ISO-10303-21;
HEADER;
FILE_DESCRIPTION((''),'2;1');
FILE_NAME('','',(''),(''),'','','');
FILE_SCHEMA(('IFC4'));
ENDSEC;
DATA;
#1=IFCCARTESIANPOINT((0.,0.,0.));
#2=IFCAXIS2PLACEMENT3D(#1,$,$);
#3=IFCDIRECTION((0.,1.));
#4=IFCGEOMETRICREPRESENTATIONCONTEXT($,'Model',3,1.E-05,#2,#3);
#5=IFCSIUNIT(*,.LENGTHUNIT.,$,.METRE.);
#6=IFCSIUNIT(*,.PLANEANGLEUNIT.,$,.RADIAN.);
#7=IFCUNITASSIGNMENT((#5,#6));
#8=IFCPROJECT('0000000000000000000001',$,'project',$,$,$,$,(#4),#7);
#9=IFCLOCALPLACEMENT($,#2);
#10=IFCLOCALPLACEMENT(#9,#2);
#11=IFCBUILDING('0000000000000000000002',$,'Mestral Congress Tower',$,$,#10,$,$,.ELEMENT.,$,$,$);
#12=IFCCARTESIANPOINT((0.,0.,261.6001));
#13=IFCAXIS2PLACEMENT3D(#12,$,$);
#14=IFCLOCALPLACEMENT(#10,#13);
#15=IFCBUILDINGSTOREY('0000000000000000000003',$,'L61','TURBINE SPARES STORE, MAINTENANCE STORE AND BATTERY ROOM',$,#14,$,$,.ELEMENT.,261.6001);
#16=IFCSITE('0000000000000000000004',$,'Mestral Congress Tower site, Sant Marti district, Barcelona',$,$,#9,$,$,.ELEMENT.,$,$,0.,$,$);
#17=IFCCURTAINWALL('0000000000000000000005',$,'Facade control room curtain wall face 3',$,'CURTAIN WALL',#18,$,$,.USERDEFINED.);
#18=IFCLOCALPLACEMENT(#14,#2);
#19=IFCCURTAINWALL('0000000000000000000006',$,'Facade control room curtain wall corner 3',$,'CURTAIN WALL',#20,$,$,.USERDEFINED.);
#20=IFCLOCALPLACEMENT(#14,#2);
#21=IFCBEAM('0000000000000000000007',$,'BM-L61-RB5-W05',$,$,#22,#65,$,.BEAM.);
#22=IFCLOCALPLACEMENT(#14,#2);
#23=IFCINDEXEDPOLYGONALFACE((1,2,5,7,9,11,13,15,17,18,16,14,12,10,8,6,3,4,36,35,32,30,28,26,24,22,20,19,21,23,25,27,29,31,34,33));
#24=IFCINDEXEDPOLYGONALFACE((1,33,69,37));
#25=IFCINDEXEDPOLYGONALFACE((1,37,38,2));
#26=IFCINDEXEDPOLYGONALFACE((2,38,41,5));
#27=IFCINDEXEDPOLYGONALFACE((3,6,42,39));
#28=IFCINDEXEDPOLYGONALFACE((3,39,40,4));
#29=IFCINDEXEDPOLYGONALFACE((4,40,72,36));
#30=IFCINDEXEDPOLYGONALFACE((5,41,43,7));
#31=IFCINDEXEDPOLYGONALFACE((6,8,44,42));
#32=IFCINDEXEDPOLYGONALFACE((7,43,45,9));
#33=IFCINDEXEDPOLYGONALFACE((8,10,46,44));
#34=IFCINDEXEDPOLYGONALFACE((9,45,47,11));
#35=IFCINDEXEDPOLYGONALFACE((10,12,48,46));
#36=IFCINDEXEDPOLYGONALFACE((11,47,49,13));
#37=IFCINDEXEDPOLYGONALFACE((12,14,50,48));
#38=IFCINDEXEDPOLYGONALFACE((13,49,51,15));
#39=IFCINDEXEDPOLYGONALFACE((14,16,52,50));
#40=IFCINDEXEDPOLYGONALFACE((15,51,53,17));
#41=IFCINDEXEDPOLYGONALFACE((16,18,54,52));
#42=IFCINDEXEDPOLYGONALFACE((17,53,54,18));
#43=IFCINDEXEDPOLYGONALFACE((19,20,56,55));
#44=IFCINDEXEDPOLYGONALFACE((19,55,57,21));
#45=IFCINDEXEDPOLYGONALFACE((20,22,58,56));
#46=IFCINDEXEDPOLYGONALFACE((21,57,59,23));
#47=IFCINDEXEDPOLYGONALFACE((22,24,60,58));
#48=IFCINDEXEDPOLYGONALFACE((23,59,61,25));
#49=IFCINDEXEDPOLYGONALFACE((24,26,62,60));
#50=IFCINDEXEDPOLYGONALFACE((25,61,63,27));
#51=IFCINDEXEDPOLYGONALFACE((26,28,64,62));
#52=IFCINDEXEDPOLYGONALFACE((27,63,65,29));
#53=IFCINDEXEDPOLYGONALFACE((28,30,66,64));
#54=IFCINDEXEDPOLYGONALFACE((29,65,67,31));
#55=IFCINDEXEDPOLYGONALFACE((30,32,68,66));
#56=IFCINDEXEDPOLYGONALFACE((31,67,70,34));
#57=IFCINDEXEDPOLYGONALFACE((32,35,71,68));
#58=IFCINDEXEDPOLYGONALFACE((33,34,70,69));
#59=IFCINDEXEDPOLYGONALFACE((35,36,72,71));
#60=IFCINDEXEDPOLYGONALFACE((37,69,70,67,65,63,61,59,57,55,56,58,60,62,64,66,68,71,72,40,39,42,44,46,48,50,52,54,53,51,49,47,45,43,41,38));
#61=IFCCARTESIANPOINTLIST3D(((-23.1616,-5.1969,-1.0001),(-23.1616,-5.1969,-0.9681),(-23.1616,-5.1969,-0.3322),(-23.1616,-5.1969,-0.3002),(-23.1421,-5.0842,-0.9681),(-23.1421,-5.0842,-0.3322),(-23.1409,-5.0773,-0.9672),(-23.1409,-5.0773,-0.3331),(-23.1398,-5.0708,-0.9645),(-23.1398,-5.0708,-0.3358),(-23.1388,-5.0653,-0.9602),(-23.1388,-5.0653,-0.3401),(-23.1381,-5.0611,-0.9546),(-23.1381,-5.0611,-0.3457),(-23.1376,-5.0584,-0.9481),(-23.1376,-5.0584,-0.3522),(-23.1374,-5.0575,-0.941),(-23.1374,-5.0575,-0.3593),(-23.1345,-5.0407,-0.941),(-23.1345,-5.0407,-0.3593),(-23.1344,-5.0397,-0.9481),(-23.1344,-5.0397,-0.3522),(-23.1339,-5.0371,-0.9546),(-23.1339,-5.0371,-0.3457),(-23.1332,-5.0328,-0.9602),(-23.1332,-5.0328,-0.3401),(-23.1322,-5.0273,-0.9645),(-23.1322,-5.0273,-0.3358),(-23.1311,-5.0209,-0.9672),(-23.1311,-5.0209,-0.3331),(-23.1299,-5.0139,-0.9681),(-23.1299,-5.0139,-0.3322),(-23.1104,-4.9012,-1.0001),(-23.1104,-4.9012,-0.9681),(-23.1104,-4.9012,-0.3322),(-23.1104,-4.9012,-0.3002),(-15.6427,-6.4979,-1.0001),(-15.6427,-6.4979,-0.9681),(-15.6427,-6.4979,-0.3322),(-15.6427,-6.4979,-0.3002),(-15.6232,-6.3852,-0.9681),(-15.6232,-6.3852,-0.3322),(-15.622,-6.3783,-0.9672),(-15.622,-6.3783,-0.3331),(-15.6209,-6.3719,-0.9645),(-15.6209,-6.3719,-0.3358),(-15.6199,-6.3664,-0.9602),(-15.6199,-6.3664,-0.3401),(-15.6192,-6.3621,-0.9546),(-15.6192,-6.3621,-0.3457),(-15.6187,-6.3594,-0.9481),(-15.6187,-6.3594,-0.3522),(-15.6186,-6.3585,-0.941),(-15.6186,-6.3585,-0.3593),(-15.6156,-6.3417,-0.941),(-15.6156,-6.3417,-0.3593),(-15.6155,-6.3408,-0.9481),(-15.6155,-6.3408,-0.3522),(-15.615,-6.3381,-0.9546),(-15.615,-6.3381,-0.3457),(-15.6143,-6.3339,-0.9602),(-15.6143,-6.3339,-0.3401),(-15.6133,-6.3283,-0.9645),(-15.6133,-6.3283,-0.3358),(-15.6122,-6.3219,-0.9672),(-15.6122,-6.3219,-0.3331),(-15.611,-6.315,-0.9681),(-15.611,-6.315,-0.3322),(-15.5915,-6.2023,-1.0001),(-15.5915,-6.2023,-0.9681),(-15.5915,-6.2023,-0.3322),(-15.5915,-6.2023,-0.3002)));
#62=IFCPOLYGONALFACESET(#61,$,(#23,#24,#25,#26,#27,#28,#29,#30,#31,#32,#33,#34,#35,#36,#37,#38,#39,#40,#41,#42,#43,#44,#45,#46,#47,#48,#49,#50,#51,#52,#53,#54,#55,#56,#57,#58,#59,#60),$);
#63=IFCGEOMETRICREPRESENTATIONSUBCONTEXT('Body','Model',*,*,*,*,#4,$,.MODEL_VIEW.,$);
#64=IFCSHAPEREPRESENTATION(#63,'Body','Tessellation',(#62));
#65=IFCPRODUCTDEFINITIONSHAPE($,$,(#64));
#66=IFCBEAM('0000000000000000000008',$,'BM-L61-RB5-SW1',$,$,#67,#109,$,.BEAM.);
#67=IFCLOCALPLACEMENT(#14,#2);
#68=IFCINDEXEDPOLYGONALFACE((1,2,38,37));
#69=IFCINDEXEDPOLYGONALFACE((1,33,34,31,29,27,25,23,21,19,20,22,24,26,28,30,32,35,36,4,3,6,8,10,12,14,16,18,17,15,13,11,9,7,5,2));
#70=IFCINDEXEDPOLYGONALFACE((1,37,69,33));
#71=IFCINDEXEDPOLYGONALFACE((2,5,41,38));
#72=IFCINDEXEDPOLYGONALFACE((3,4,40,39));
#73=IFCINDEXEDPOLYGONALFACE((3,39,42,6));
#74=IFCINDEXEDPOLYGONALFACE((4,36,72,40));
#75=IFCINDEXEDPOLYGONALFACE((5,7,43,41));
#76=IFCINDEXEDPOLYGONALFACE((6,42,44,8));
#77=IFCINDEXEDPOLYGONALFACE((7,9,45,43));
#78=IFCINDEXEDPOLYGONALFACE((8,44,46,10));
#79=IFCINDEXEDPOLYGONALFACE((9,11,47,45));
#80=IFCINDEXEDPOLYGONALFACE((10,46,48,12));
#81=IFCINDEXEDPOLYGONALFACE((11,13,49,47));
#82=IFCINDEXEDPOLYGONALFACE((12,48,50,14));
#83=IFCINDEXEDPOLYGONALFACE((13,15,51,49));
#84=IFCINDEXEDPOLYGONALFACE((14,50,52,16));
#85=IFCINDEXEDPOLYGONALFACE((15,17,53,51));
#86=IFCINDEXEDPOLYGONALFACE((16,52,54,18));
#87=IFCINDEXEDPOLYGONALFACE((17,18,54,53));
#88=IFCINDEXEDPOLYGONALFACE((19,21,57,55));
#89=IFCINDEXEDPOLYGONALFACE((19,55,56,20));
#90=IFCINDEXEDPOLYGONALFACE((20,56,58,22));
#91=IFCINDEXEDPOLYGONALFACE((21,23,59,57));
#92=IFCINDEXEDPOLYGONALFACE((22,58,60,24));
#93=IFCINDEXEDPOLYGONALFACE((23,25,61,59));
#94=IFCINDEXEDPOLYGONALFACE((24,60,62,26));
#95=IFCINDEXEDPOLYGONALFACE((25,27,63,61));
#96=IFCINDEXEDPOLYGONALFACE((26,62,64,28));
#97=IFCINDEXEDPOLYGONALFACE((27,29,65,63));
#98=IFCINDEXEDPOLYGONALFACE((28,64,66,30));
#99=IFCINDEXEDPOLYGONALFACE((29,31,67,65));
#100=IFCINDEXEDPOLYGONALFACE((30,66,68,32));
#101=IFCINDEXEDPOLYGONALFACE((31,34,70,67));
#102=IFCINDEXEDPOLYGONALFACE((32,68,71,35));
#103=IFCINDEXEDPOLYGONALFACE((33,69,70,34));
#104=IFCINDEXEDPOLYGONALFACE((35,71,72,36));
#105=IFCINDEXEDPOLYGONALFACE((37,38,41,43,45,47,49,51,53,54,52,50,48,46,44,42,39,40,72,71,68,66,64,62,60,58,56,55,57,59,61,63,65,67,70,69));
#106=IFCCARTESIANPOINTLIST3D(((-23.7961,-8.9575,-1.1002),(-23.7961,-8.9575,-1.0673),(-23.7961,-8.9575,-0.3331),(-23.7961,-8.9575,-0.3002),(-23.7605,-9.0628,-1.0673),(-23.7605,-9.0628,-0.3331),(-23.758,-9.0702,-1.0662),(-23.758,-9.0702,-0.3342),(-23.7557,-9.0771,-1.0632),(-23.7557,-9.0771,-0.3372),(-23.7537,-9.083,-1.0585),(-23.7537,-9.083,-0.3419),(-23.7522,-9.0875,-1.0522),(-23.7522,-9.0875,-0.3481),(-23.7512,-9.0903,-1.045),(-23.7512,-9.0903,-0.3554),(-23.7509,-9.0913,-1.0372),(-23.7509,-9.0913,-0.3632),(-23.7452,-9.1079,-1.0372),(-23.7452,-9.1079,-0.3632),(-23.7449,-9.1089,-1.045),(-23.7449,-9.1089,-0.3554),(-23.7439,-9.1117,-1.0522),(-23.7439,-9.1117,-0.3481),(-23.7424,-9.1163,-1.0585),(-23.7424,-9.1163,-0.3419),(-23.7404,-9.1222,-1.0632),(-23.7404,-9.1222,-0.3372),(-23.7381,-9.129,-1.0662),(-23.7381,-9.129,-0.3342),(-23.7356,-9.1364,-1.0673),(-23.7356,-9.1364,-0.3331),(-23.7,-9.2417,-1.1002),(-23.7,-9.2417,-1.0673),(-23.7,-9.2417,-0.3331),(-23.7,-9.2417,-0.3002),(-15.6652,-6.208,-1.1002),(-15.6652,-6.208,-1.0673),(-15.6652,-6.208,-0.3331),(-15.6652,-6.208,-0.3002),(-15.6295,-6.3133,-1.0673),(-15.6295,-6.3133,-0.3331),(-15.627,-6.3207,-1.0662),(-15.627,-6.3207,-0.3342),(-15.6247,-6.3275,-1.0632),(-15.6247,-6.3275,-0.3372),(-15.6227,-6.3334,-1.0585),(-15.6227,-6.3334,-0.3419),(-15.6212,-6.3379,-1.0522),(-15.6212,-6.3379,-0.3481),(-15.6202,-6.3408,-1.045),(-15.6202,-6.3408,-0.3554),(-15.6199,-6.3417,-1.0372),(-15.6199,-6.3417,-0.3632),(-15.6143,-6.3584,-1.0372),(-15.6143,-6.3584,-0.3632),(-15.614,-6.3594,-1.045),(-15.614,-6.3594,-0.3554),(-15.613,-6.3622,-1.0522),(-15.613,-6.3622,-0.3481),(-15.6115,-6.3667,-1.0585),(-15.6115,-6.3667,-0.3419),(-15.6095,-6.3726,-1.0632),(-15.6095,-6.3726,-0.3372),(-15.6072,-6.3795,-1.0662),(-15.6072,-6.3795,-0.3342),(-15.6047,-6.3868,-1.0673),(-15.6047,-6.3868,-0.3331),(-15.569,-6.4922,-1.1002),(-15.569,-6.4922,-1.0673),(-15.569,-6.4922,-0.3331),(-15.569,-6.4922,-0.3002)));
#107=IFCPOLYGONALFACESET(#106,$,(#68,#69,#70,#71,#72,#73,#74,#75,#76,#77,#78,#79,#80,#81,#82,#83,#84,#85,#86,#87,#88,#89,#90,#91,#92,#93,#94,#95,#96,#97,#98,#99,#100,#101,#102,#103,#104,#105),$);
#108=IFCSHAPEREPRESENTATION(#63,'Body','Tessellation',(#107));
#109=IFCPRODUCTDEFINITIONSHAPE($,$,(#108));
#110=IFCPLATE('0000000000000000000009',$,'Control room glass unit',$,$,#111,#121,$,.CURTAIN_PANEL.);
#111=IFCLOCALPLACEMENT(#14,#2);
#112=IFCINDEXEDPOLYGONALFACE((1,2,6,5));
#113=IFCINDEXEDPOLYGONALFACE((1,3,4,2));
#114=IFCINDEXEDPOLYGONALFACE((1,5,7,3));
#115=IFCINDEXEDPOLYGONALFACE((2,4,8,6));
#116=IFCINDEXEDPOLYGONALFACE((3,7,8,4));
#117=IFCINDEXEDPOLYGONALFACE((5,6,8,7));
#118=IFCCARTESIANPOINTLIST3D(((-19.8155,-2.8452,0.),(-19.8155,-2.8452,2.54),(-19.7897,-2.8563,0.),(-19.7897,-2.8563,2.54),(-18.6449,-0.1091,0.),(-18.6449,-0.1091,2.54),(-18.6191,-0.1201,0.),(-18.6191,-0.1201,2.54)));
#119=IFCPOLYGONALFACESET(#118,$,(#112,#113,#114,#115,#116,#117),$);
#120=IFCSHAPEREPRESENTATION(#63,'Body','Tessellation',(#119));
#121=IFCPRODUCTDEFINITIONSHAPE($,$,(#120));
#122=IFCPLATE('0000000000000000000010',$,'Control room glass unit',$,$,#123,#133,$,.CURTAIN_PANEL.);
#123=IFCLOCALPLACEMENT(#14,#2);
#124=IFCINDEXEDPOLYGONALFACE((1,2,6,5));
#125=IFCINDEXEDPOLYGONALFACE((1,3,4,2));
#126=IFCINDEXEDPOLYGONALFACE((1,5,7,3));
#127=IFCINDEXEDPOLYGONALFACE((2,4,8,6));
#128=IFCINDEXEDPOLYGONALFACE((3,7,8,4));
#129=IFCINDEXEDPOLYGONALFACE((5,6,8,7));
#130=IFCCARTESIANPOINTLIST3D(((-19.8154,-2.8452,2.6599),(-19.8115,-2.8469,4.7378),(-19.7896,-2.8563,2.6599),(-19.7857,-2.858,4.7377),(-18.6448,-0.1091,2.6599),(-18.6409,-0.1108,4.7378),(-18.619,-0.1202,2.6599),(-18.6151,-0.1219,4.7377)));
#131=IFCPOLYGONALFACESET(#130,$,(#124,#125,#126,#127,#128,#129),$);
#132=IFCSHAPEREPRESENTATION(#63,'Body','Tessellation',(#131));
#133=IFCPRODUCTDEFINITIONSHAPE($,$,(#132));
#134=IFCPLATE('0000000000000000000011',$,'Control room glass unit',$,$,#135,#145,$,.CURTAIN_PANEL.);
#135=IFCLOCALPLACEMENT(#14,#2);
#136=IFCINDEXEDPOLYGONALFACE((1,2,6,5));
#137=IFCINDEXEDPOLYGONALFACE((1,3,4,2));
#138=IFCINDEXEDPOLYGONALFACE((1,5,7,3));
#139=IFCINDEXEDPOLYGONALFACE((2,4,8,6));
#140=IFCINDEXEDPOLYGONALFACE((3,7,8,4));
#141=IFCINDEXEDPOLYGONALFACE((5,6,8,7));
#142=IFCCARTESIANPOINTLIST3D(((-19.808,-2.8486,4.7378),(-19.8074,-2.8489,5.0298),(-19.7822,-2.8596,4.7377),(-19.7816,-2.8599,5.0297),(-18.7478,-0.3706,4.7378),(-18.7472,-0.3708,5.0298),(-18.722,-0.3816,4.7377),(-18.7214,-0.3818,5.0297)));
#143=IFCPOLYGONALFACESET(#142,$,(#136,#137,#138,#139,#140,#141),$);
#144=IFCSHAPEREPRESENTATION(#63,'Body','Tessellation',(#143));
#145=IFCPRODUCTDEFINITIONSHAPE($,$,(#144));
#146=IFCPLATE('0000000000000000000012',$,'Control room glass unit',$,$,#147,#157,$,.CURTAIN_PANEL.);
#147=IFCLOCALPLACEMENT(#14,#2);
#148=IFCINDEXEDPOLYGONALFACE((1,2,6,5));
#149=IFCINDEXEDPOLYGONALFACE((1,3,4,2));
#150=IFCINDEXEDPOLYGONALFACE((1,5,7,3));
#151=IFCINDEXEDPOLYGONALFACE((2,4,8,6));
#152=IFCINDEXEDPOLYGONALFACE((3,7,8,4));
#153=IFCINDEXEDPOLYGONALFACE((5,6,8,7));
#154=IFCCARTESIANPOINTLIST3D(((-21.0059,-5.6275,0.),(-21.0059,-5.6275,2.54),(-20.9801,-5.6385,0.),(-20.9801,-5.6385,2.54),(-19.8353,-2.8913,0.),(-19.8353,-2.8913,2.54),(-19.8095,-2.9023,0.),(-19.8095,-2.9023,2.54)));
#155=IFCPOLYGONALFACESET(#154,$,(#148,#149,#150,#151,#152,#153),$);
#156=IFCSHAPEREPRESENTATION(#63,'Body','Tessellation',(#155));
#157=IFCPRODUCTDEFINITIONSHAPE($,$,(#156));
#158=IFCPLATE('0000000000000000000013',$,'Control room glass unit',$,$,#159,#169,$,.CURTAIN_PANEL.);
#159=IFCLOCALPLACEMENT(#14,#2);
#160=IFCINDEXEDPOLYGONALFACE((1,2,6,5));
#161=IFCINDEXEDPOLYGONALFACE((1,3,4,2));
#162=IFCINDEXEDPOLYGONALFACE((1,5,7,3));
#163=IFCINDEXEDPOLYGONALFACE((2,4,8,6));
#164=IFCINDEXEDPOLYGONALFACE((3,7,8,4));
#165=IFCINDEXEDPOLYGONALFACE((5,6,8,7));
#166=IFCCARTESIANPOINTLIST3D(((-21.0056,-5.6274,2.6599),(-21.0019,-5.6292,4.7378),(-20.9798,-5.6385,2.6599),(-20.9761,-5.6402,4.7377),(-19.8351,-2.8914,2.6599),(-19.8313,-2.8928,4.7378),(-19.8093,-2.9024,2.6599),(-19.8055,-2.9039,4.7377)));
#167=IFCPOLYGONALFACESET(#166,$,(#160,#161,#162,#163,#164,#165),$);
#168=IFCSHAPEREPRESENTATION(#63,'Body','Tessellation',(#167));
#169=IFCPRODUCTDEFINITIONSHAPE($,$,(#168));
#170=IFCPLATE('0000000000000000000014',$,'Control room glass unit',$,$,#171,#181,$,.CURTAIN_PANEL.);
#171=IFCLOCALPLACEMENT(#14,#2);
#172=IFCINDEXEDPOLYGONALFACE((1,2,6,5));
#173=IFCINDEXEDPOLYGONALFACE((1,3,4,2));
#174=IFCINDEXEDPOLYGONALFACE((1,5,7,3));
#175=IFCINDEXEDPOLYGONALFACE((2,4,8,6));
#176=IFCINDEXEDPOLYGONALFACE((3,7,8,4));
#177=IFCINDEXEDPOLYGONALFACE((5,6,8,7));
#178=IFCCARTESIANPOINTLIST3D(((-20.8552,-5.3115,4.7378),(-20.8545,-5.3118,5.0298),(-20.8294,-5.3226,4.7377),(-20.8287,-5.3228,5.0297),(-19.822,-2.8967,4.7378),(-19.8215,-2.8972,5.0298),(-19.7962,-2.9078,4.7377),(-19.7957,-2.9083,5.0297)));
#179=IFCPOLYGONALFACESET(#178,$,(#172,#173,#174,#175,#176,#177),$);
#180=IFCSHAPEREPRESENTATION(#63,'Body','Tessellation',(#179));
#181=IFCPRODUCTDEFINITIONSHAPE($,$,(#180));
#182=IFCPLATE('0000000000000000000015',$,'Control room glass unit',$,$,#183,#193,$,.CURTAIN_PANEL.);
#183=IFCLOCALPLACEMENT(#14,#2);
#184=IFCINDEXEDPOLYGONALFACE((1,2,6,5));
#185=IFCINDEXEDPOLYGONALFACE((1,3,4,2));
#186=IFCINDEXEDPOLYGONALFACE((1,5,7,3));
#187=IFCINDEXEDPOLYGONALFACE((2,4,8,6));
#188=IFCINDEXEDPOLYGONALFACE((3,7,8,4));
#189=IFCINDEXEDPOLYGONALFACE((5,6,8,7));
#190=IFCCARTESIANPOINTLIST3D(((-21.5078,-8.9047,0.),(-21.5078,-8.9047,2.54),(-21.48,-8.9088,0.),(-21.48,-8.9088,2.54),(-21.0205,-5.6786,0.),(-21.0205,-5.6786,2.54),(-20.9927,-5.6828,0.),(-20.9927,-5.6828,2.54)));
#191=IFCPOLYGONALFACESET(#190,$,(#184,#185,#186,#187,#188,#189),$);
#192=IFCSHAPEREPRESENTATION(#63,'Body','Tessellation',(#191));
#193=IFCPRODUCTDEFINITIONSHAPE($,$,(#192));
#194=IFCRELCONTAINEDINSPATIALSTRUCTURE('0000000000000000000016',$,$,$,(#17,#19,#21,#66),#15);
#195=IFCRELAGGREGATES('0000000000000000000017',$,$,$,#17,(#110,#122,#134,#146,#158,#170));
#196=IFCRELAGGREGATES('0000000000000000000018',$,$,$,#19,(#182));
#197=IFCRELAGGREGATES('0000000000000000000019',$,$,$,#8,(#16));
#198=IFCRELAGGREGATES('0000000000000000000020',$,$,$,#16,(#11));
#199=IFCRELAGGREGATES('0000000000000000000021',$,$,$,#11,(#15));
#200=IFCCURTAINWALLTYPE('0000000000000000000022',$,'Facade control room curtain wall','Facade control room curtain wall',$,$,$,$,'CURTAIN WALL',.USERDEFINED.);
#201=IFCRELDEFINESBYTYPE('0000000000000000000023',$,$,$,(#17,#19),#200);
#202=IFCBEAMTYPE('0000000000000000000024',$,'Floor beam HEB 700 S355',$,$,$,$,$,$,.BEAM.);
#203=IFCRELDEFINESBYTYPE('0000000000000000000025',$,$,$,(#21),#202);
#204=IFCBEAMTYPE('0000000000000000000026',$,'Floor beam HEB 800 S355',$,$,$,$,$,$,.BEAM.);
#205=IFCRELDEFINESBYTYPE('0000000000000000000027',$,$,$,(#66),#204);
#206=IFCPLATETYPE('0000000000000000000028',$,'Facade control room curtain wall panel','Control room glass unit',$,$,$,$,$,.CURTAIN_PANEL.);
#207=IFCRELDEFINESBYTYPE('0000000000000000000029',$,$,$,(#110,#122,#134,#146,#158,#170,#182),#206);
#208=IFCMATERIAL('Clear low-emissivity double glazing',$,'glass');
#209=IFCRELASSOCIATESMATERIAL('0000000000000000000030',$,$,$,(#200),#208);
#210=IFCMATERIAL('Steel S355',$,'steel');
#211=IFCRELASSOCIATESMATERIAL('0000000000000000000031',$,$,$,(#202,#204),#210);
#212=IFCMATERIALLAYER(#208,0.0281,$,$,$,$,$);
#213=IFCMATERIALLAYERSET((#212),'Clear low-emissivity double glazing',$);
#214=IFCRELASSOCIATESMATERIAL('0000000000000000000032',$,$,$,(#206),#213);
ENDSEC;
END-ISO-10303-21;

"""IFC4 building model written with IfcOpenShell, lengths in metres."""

from ifc_helpers import new_model, si_unit, direction, frame, origin, origin_2d, place, context, subcontext, project, spatial, polyline, rectangle, i_section, outline, extrude, material, layer, layer_set, material_profile, profile_set, type_object, element, aggregate, save


model = new_model("IFC4")

# Units and contexts
model_context = context("Model", 3, precision=1e-05, world=origin(), true_north=direction((0.0, 1.0)))
body_context = subcontext(model_context, "Body", "Model", "MODEL_VIEW")
ifc_project = project(units=[si_unit("LENGTHUNIT", "METRE"), si_unit("PLANEANGLEUNIT", "RADIAN")], contexts=[model_context])

# Site, building, storey
site_placement = place(None, origin())
site = spatial("IfcSite", under=ifc_project, at=site_placement, Name="Mestral Congress Tower site, Sant Marti district, Barcelona", CompositionType="ELEMENT", RefElevation=0.0)
building_placement = place(site_placement, origin())
building = spatial("IfcBuilding", under=site, at=building_placement, Name="Mestral Congress Tower", CompositionType="ELEMENT")
storey_placement = place(building_placement, frame((0.0, 0.0, 261.6001)))
storey = spatial("IfcBuildingStorey", under=building, at=storey_placement, Name="L61", Description="TURBINE SPARES STORE, MAINTENANCE STORE AND BATTERY ROOM", CompositionType="ELEMENT", Elevation=261.6001)

# Curtain walls
ifc_material_1 = material(Name="Clear low-emissivity double glazing", Category="glass")
curtain_wall_type = type_object("IfcCurtainWallType", Name="Facade control room curtain wall", Description="Facade control room curtain wall", ElementType="CURTAIN WALL", PredefinedType="USERDEFINED", material=ifc_material_1)
placement = place(storey_placement, origin())
curtain_wall_1 = element("IfcCurtainWall", 1, at=placement, inside=storey, type_object=curtain_wall_type, Name="Facade control room curtain wall face 3", ObjectType="CURTAIN WALL", PredefinedType="USERDEFINED")
curtain_wall_2 = element("IfcCurtainWall", 2, at=placement, inside=storey, type_object=curtain_wall_type, Name="Facade control room curtain wall corner 3", ObjectType="CURTAIN WALL", PredefinedType="USERDEFINED")

# Beams
ifc_material_2 = material(Name="Steel S355", Category="steel")
ifc_material_profile_1 = material_profile(ifc_material_2, i_section(OverallWidth=0.3, OverallDepth=0.7, WebThickness=0.0171, FlangeThickness=0.032, FilletRadius=0.0271, at=origin_2d()), Name="HEB 700")
ifc_profile_set_1 = profile_set([ifc_material_profile_1], Name="Steel S355")
beam_type_1 = type_object("IfcBeamType", Name="Floor beam HEB 700 S355", PredefinedType="BEAM", material=ifc_profile_set_1)
beam_1_placement = place(storey_placement, frame((-23.136, -5.0491, -0.6501), z_axis=(0.985357, -0.170503, 0.0), x_axis=(0.170503, 0.985357, 0.0)))
element("IfcBeam", 3, at=beam_1_placement, inside=storey, type_object=beam_type_1, Name="BM-L61-RB5-W05", PredefinedType="BEAM", context=body_context, shape_type="SweptSolid", body=[
    extrude(i_section(OverallWidth=0.3, OverallDepth=0.7, WebThickness=0.0171, FlangeThickness=0.032, FilletRadius=0.0271, at=origin_2d()), origin(), (0.0, 0.0, 1.0), 7.6306),
])
ifc_material_profile_2 = material_profile(ifc_material_2, i_section(OverallWidth=0.3, OverallDepth=0.8, WebThickness=0.0176, FlangeThickness=0.033, FilletRadius=0.03, at=origin_2d()), Name="HEB 800")
ifc_profile_set_2 = profile_set([ifc_material_profile_2], Name="Steel S355")
beam_type_2 = type_object("IfcBeamType", Name="Floor beam HEB 800 S355", PredefinedType="BEAM", material=ifc_profile_set_2)
beam_2_placement = place(storey_placement, frame((-23.748, -9.0996, -0.7002), z_axis=(0.947303, 0.320338, 0.0), x_axis=(-0.320338, 0.947303, 0.0)))
element("IfcBeam", 4, at=beam_2_placement, inside=storey, type_object=beam_type_2, Name="BM-L61-RB5-SW1", PredefinedType="BEAM", context=body_context, shape_type="SweptSolid", body=[
    extrude(i_section(OverallWidth=0.3, OverallDepth=0.8, WebThickness=0.0176, FlangeThickness=0.033, FilletRadius=0.03, at=origin_2d()), origin(), (0.0, 0.0, 1.0), 8.5833),
])

# Plates
ifc_layer_1 = layer(ifc_material_1, 0.0281)
ifc_layer_set_1 = layer_set([ifc_layer_1], Name="Clear low-emissivity double glazing")
plate_type = type_object("IfcPlateType", Name="Facade control room curtain wall panel", Description="Control room glass unit", PredefinedType="CURTAIN_PANEL", material=ifc_layer_set_1)
plate_1_placement = place(storey_placement, frame((-19.2173, -1.4827, 0.0), z_axis=(0.0, 0.0, 1.0), x_axis=(-0.393348, -0.91939, 0.0)))
plate_1 = element("IfcPlate", 5, at=plate_1_placement, type_object=plate_type, Name="Control room glass unit", PredefinedType="CURTAIN_PANEL", context=body_context, shape_type="SweptSolid", body=[
    extrude(rectangle(XDim=2.9761, YDim=0.0281, at=origin_2d()), origin(), (0.0, 0.0, 1.0), 2.54),
])
plate_2_placement = place(storey_placement, frame((-19.8154, -2.8452, 2.6599), z_axis=(-0.919381, 0.393364, 0.002052), x_axis=(0.393365, 0.919382, 0.0)))
plate_2 = element("IfcPlate", 6, at=plate_2_placement, type_object=plate_type, Name="Control room glass unit", PredefinedType="CURTAIN_PANEL", context=body_context, shape_type="SweptSolid", body=[
    extrude(outline(polyline([(0.0, 0.0), (2.976, 0.0), (2.976, -2.0779), (0.0, -2.0779), (0.0, 0.0)])), origin(), (0.0, 0.0, -1.0), 0.0281),
])
plate_3_placement = place(storey_placement, frame((-19.8074, -2.8489, 5.0298), z_axis=(-0.919388, 0.393344, 0.002251), x_axis=(-0.002026, 0.000987, -0.999997)))
plate_3 = element("IfcPlate", 7, at=plate_3_placement, type_object=plate_type, Name="Control room glass unit", PredefinedType="CURTAIN_PANEL", context=body_context, shape_type="SweptSolid", body=[
    extrude(outline(polyline([(0.0, 0.0), (0.292, 0.0), (0.2923, -2.6952), (0.0003, -2.6953), (0.0, 0.0)])), origin(), (0.0, 0.0, -1.0), 0.0281),
])
plate_4_placement = place(storey_placement, frame((-20.4077, -4.2649, 0.0), z_axis=(0.0, 0.0, 1.0), x_axis=(-0.393348, -0.91939, 0.0)))
plate_4 = element("IfcPlate", 8, at=plate_4_placement, type_object=plate_type, Name="Control room glass unit", PredefinedType="CURTAIN_PANEL", context=body_context, shape_type="SweptSolid", body=[
    extrude(rectangle(XDim=2.9761, YDim=0.0281, at=origin_2d()), origin(), (0.0, 0.0, 1.0), 2.54),
])
plate_5_placement = place(storey_placement, frame((-21.0056, -5.6274, 2.6599), z_axis=(-0.919402, 0.393315, 0.001975), x_axis=(0.393315, 0.919404, 0.0)))
plate_5 = element("IfcPlate", 9, at=plate_5_placement, type_object=plate_type, Name="Control room glass unit", PredefinedType="CURTAIN_PANEL", context=body_context, shape_type="SweptSolid", body=[
    extrude(outline(polyline([(0.0, 0.0), (2.9759, 0.0), (2.9761, -2.0779), (-0.0001, -2.0779), (0.0, 0.0)])), origin(), (0.0, 0.0, -1.0), 0.0281),
])
plate_6_placement = place(storey_placement, frame((-19.822, -2.8967, 4.7378), z_axis=(-0.919387, 0.393346, 0.002415), x_axis=(0.001874, -0.001759, 0.999997)))
plate_6 = element("IfcPlate", 10, at=plate_6_placement, type_object=plate_type, Name="Control room glass unit", PredefinedType="CURTAIN_PANEL", context=body_context, shape_type="SweptSolid", body=[
    extrude(outline(polyline([(0.0, 0.0), (0.292, 0.0), (0.2943, -2.6262), (0.0023, -2.6265), (0.0, 0.0)])), origin(), (0.0, 0.0, -1.0), 0.0281),
])
aggregate(curtain_wall_1, [plate_1, plate_2, plate_3, plate_4, plate_5, plate_6])
plate_7_placement = place(storey_placement, frame((-21.2502, -7.2937, 0.0), z_axis=(0.0, 0.0, 1.0), x_axis=(-0.149368, -0.988782, 0.0)))
plate_7 = element("IfcPlate", 11, at=plate_7_placement, type_object=plate_type, Name="Control room glass unit", PredefinedType="CURTAIN_PANEL", context=body_context, shape_type="SweptSolid", body=[
    extrude(rectangle(XDim=3.2627, YDim=0.0281, at=origin_2d()), origin(), (0.0, 0.0, 1.0), 2.54),
])
aggregate(curtain_wall_2, [plate_7])

save(model, "model.ifc")
